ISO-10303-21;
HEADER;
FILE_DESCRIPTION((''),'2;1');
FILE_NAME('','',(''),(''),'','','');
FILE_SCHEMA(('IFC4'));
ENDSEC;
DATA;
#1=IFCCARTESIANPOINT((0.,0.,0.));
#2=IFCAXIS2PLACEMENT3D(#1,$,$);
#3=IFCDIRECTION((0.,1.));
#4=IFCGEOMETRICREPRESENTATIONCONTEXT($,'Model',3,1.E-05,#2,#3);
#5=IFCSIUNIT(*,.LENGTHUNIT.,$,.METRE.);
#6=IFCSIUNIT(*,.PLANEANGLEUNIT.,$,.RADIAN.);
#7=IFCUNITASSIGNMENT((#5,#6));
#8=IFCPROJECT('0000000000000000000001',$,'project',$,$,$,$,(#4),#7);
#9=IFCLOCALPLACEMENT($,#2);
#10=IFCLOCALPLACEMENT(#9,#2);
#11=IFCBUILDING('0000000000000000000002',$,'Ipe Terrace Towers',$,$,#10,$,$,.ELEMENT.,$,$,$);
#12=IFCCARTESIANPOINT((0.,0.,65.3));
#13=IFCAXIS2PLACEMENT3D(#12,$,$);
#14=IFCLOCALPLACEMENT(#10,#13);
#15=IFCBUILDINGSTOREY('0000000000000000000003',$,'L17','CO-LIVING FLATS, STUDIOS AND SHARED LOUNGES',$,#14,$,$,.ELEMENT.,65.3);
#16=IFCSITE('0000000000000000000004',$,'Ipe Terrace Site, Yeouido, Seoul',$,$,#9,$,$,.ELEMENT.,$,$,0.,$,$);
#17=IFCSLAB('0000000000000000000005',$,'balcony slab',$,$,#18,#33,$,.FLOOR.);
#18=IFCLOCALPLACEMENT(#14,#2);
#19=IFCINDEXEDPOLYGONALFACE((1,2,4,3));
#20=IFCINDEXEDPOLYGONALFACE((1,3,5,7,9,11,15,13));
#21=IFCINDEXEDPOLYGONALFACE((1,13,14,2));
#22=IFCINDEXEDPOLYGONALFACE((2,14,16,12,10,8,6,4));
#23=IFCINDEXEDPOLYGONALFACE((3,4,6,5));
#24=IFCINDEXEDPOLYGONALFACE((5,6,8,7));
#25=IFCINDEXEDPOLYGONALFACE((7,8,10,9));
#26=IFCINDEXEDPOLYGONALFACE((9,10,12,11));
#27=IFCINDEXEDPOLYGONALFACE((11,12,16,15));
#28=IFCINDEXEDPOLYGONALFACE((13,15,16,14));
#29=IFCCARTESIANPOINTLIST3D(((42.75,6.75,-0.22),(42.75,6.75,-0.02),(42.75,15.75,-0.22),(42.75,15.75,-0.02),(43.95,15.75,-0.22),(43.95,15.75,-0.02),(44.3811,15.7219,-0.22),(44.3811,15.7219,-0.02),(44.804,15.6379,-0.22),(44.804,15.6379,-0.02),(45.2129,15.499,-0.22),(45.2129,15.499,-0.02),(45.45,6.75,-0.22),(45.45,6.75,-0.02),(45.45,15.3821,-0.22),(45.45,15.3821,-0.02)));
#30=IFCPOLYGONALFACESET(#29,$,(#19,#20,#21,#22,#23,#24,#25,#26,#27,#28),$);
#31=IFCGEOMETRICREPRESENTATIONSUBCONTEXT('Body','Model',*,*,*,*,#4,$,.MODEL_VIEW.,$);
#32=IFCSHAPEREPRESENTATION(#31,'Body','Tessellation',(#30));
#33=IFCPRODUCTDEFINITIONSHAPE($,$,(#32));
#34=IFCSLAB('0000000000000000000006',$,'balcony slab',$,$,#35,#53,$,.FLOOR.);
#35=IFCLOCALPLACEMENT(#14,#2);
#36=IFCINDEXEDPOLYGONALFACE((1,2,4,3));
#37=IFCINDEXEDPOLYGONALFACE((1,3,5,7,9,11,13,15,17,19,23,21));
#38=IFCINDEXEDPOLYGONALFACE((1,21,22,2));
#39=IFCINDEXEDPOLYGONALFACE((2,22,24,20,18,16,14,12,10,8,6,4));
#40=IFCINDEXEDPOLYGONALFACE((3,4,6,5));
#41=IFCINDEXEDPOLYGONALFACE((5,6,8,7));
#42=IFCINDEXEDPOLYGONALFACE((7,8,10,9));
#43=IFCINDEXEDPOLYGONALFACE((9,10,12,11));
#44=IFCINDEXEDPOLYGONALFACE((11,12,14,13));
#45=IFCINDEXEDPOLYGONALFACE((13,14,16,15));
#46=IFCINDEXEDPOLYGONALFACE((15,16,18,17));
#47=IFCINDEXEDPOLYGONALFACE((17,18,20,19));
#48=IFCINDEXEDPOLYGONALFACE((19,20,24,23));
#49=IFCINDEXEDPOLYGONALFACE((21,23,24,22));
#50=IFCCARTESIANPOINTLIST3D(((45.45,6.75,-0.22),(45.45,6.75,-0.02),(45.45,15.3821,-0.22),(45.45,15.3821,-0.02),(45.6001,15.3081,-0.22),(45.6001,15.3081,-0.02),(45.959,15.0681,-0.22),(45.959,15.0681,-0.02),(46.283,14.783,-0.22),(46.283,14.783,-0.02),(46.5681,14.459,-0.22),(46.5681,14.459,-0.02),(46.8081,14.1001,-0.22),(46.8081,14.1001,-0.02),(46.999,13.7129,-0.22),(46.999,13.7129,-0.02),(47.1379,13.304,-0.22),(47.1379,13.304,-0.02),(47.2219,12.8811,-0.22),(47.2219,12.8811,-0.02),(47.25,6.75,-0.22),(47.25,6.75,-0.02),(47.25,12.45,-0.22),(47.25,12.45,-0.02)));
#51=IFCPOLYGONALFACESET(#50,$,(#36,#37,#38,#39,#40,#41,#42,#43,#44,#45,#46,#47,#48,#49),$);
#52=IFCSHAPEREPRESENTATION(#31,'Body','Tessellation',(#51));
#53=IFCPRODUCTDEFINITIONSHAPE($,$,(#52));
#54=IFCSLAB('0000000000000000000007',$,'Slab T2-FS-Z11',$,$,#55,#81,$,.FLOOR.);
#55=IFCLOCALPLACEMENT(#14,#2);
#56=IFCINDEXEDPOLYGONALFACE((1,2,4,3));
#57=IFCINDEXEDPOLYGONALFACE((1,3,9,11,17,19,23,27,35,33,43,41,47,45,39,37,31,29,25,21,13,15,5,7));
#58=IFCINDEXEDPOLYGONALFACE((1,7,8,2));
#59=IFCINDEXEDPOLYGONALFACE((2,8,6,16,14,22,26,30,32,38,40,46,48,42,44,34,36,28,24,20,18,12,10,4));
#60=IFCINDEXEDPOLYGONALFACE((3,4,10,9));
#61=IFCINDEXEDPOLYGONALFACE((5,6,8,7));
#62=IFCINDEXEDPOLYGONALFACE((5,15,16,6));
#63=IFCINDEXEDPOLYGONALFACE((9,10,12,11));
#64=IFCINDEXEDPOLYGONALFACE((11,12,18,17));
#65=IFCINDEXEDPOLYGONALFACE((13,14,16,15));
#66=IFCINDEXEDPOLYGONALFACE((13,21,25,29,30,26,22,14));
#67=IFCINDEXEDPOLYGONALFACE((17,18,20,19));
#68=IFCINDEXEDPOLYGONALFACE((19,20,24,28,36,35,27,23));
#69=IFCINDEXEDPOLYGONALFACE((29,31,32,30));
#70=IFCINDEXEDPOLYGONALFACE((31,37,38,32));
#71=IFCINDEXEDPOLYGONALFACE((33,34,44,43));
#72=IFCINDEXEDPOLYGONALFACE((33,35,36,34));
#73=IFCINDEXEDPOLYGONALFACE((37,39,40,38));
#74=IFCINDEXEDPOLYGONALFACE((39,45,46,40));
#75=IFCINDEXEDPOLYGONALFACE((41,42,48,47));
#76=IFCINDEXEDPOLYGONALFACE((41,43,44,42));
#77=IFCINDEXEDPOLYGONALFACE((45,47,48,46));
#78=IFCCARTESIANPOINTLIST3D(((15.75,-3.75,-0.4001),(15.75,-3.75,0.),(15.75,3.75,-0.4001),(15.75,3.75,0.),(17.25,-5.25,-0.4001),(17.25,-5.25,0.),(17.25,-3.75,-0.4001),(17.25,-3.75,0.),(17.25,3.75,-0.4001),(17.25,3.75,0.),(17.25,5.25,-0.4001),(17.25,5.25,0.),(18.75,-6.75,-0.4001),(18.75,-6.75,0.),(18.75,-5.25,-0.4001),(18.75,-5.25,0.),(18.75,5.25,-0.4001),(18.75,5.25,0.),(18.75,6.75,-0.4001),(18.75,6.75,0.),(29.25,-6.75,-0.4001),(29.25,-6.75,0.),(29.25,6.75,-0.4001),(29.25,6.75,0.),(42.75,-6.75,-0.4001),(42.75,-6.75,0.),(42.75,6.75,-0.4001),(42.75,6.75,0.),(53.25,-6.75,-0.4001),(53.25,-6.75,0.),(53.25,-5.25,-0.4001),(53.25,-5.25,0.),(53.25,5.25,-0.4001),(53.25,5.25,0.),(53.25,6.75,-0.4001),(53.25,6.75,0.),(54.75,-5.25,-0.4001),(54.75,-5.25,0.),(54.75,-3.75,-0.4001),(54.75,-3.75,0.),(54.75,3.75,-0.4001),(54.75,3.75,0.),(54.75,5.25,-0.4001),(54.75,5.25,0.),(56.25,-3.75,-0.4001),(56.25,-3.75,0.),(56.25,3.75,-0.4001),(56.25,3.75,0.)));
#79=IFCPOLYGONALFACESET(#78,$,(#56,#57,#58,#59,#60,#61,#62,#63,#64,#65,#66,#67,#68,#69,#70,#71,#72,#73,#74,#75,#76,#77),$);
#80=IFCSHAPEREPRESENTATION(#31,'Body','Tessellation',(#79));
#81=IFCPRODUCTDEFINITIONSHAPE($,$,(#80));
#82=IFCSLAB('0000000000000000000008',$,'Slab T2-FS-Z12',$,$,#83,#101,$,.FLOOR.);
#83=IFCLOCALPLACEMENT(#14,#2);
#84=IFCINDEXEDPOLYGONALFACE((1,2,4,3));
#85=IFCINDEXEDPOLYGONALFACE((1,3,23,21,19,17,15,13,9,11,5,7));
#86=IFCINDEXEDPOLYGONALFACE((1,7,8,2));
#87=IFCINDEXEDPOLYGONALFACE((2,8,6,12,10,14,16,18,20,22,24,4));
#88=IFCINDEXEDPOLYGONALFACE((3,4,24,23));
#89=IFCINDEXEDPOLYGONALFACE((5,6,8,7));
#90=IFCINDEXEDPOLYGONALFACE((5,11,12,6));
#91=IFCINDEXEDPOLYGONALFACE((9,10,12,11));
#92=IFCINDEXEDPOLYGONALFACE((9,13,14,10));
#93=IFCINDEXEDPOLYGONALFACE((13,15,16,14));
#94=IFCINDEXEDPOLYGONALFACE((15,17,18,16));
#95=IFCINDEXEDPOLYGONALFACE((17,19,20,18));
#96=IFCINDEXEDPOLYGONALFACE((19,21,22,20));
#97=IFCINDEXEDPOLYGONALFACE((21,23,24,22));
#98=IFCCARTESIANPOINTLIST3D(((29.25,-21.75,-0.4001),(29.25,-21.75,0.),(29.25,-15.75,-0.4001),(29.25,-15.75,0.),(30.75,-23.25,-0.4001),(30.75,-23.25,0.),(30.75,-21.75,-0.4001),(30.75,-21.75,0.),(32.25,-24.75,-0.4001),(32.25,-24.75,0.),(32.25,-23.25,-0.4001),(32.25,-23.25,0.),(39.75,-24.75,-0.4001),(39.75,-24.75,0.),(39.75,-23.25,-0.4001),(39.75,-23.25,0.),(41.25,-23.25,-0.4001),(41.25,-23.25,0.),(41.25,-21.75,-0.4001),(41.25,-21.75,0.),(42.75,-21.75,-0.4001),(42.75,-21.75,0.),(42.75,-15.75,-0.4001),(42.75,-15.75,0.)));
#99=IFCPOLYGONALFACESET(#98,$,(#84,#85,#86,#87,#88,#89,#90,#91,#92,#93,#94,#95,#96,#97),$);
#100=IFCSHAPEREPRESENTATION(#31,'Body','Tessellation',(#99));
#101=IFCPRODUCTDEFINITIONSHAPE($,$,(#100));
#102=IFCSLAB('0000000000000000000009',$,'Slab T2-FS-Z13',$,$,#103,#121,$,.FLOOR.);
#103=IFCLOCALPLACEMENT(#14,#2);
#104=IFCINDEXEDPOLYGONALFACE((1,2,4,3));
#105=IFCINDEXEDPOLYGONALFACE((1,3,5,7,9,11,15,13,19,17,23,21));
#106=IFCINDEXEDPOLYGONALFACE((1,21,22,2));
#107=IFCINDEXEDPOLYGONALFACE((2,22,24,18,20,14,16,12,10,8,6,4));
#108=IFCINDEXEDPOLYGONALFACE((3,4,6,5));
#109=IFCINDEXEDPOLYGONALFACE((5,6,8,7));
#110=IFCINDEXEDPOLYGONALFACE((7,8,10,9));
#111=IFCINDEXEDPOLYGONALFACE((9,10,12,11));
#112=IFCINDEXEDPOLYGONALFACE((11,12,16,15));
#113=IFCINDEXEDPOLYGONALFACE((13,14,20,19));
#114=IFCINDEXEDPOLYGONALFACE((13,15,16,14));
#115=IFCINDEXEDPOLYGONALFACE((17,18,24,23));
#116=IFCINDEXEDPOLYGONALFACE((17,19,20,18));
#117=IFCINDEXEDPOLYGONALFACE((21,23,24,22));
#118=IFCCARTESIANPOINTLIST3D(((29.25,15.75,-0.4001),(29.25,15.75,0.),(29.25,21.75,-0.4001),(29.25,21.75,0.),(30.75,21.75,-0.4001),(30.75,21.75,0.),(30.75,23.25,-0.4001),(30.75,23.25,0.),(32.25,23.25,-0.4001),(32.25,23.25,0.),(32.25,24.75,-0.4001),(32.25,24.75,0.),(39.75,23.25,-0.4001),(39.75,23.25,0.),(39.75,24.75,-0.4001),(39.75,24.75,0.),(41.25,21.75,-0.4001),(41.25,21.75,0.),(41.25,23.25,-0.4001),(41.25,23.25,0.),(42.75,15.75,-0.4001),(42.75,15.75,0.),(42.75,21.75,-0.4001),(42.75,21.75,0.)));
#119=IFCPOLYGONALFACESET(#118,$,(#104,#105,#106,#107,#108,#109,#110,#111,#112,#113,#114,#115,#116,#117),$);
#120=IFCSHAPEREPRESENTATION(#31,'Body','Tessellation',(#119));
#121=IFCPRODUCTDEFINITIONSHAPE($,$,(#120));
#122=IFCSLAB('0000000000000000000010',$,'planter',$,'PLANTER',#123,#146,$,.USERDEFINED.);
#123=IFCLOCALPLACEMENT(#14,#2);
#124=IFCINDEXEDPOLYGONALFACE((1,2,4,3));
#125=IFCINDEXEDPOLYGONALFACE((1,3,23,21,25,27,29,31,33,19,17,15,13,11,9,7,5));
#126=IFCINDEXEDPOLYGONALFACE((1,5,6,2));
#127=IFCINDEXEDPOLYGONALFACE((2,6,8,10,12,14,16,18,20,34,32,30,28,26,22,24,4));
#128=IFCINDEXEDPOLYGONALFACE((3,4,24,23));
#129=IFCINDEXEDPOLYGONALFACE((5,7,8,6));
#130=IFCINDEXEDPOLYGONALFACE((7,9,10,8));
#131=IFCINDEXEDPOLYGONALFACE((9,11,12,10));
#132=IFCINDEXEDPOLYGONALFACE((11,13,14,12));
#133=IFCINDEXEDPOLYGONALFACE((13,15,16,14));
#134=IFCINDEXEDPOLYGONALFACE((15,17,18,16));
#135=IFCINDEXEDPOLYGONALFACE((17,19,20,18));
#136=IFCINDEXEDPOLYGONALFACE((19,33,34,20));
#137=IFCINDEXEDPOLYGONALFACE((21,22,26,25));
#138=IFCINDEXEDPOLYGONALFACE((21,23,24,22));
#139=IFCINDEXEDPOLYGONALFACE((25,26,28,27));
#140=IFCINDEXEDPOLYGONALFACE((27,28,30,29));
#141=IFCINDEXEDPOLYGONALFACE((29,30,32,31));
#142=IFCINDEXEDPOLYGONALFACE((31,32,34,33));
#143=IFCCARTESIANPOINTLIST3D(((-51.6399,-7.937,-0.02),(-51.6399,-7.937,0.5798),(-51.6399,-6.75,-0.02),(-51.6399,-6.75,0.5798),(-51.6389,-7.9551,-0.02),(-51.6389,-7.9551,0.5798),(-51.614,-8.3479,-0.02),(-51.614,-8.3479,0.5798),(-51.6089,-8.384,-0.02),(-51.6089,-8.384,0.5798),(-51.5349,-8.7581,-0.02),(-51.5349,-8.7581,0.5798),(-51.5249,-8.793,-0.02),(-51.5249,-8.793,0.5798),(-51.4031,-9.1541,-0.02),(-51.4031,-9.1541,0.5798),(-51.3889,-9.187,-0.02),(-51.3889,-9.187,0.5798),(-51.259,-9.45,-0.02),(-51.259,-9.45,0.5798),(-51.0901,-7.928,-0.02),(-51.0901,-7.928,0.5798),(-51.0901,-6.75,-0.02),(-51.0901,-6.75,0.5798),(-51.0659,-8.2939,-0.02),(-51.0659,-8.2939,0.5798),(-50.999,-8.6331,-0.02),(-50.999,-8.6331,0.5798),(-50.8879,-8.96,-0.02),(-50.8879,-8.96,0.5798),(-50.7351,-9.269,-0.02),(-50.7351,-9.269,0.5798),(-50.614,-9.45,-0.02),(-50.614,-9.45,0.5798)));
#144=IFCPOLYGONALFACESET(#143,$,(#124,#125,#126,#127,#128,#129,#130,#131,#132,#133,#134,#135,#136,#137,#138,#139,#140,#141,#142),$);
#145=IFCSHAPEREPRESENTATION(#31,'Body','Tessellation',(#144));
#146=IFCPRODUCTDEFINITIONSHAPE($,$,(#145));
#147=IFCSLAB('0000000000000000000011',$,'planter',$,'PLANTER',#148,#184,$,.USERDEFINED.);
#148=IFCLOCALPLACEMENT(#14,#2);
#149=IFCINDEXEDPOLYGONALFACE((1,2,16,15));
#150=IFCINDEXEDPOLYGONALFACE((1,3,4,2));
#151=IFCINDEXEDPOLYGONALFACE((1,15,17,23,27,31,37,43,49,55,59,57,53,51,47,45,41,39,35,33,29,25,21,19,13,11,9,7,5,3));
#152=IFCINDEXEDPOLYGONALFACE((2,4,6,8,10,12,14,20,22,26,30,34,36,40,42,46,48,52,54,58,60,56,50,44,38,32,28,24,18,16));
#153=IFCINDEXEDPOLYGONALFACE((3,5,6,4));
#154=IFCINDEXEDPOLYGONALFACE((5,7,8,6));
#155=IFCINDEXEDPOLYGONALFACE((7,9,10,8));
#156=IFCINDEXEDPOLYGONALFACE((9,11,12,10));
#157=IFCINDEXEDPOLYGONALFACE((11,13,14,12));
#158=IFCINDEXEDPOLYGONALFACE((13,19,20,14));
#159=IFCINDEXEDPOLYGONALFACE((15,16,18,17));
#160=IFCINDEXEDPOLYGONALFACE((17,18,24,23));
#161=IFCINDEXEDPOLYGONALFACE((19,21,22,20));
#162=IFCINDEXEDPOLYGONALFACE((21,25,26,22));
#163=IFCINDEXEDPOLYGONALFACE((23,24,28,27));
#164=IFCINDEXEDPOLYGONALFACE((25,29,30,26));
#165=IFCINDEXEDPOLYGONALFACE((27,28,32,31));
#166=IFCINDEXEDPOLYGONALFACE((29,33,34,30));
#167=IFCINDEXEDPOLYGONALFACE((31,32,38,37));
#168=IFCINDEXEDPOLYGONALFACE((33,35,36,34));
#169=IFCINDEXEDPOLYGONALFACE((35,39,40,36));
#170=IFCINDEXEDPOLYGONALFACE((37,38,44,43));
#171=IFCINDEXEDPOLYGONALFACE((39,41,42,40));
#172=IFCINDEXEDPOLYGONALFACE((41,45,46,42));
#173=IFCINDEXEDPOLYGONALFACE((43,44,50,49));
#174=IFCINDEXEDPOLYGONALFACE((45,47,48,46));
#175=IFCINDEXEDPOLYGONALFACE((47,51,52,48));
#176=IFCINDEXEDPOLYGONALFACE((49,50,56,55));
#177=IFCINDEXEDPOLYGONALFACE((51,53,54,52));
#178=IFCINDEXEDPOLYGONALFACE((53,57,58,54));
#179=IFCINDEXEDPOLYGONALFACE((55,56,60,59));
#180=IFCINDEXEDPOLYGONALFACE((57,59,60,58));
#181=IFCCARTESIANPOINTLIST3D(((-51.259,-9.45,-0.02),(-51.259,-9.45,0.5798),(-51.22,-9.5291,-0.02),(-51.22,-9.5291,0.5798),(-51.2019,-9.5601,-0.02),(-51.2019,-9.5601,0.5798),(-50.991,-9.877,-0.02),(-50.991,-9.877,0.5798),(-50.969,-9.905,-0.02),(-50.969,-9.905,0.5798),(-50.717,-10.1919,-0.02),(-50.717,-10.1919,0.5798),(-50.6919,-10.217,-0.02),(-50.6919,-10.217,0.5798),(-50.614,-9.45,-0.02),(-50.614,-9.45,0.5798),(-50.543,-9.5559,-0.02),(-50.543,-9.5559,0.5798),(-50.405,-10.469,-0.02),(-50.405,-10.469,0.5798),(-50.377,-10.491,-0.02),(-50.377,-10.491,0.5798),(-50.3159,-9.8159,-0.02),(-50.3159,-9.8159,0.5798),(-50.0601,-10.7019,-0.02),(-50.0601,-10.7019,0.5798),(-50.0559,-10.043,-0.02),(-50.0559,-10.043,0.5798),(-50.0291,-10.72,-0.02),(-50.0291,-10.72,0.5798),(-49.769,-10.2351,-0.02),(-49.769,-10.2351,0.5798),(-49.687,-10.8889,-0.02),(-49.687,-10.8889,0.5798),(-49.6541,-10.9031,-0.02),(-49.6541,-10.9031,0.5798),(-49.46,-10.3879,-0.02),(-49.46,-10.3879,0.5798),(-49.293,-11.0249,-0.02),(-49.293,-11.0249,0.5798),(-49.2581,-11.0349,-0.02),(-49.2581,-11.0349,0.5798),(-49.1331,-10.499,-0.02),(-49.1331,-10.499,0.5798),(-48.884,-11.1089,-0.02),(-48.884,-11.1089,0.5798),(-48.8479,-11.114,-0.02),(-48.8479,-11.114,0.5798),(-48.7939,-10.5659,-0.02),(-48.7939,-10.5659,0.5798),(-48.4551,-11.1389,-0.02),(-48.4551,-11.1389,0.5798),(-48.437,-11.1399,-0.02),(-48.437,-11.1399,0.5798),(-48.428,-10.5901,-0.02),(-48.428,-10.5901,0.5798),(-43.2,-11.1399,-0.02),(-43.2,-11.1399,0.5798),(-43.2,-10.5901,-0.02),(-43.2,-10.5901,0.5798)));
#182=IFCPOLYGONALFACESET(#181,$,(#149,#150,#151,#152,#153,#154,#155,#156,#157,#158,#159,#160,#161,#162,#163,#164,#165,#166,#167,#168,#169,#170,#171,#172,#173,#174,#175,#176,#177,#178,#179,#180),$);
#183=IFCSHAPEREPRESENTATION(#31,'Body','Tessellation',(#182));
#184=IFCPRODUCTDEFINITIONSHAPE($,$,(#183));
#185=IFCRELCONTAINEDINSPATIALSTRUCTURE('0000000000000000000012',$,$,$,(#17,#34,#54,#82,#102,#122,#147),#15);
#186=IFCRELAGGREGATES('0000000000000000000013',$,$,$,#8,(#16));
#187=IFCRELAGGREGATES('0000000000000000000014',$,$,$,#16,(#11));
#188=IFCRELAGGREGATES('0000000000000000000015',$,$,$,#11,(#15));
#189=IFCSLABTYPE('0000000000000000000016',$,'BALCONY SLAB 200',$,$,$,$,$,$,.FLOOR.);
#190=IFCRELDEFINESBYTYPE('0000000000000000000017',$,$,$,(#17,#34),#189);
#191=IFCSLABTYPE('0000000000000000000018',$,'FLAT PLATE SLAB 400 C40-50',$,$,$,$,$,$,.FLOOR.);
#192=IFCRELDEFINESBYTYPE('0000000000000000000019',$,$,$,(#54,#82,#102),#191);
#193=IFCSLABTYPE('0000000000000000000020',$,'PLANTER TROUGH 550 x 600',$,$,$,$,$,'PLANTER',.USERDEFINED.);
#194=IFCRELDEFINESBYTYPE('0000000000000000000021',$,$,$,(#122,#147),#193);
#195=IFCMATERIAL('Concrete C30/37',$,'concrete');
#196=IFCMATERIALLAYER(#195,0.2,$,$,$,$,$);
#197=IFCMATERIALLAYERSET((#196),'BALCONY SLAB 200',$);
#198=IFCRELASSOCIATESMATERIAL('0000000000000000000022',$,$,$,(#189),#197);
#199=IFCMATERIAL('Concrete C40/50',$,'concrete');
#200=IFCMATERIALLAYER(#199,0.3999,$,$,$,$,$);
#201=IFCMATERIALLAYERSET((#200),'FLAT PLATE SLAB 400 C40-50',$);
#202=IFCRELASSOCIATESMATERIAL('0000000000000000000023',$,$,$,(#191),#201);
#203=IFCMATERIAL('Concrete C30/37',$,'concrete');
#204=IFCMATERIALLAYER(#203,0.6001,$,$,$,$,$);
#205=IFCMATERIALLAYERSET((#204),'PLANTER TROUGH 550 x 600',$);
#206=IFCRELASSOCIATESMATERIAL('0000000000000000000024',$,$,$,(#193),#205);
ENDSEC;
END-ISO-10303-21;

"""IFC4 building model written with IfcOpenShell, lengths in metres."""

from ifc_helpers import new_model, si_unit, direction, frame, origin, place, context, subcontext, project, spatial, polyline, outline, extrude, material, layer, layer_set, type_object, element, save


model = new_model("IFC4")

# Units and contexts
model_context = context("Model", 3, precision=1e-05, world=origin(), true_north=direction((0.0, 1.0)))
body_context = subcontext(model_context, "Body", "Model", "MODEL_VIEW")
ifc_project = project(units=[si_unit("LENGTHUNIT", "METRE"), si_unit("PLANEANGLEUNIT", "RADIAN")], contexts=[model_context])

# Site, building, storey
site_placement = place(None, origin())
site = spatial("IfcSite", under=ifc_project, at=site_placement, Name="Ipe Terrace Site, Yeouido, Seoul", CompositionType="ELEMENT", RefElevation=0.0)
building_placement = place(site_placement, origin())
building = spatial("IfcBuilding", under=site, at=building_placement, Name="Ipe Terrace Towers", CompositionType="ELEMENT")
storey_placement = place(building_placement, frame((0.0, 0.0, 65.3)))
storey = spatial("IfcBuildingStorey", under=building, at=storey_placement, Name="L17", Description="CO-LIVING FLATS, STUDIOS AND SHARED LOUNGES", CompositionType="ELEMENT", Elevation=65.3)

# Slabs
ifc_material_1 = material(Name="Concrete C30/37", Category="concrete")
ifc_layer_1 = layer(ifc_material_1, 0.2)
ifc_layer_set_1 = layer_set([ifc_layer_1], Name="BALCONY SLAB 200")
slab_type_1 = type_object("IfcSlabType", Name="BALCONY SLAB 200", PredefinedType="FLOOR", material=ifc_layer_set_1)
slab_1_placement = place(storey_placement, frame((0.0, 0.0, -0.22)))
element("IfcSlab", 1, at=slab_1_placement, inside=storey, type_object=slab_type_1, Name="balcony slab", PredefinedType="FLOOR", context=body_context, shape_type="SweptSolid", body=[
    extrude(outline(polyline([(45.2129, 15.499), (44.804, 15.6379), (44.3811, 15.7219), (43.95, 15.75), (42.75, 15.75), (42.75, 6.75), (45.45, 6.75), (45.45, 15.3821), (45.2129, 15.499)])), origin(), (0.0, 0.0, 1.0), 0.2),
])
slab_2_placement = place(storey_placement, frame((0.0, 0.0, -0.22)))
element("IfcSlab", 2, at=slab_2_placement, inside=storey, type_object=slab_type_1, Name="balcony slab", PredefinedType="FLOOR", context=body_context, shape_type="SweptSolid", body=[
    extrude(outline(polyline([(47.25, 6.75), (47.25, 12.45), (47.2219, 12.8811), (47.1379, 13.304), (46.999, 13.7129), (46.8081, 14.1001), (46.5681, 14.459), (46.283, 14.783), (45.959, 15.0681), (45.6001, 15.3081), (45.45, 15.3821), (45.45, 6.75), (47.25, 6.75)])), origin(), (0.0, 0.0, 1.0), 0.2),
])
ifc_material_2 = material(Name="Concrete C40/50", Category="concrete")
ifc_layer_2 = layer(ifc_material_2, 0.3999)
ifc_layer_set_2 = layer_set([ifc_layer_2], Name="FLAT PLATE SLAB 400 C40-50")
slab_type_2 = type_object("IfcSlabType", Name="FLAT PLATE SLAB 400 C40-50", PredefinedType="FLOOR", material=ifc_layer_set_2)
slab_3_placement = place(storey_placement, frame((0.0, 0.0, -0.4001)))
element("IfcSlab", 3, at=slab_3_placement, inside=storey, type_object=slab_type_2, Name="Slab T2-FS-Z11", PredefinedType="FLOOR", context=body_context, shape_type="SweptSolid", body=[
    extrude(outline(polyline([(53.25, 5.25), (54.75, 5.25), (54.75, 3.75), (56.25, 3.75), (56.25, -3.75), (54.75, -3.75), (54.75, -5.25), (53.25, -5.25), (53.25, -6.75), (42.75, -6.75), (29.25, -6.75), (18.75, -6.75), (18.75, -5.25), (17.25, -5.25), (17.25, -3.75), (15.75, -3.75), (15.75, 3.75), (17.25, 3.75), (17.25, 5.25), (18.75, 5.25), (18.75, 6.75), (29.25, 6.75), (42.75, 6.75), (53.25, 6.75), (53.25, 5.25)])), origin(), (0.0, 0.0, 1.0), 0.4001),
])
slab_4_placement = place(storey_placement, frame((0.0, 0.0, -0.4001)))
element("IfcSlab", 4, at=slab_4_placement, inside=storey, type_object=slab_type_2, Name="Slab T2-FS-Z12", PredefinedType="FLOOR", context=body_context, shape_type="SweptSolid", body=[
    extrude(outline(polyline([(42.75, -21.75), (41.25, -21.75), (41.25, -23.25), (39.75, -23.25), (39.75, -24.75), (32.25, -24.75), (32.25, -23.25), (30.75, -23.25), (30.75, -21.75), (29.25, -21.75), (29.25, -15.75), (42.75, -15.75), (42.75, -21.75)])), origin(), (0.0, 0.0, 1.0), 0.4001),
])
slab_5_placement = place(storey_placement, frame((0.0, 0.0, -0.4001)))
element("IfcSlab", 5, at=slab_5_placement, inside=storey, type_object=slab_type_2, Name="Slab T2-FS-Z13", PredefinedType="FLOOR", context=body_context, shape_type="SweptSolid", body=[
    extrude(outline(polyline([(30.75, 21.75), (30.75, 23.25), (32.25, 23.25), (32.25, 24.75), (39.75, 24.75), (39.75, 23.25), (41.25, 23.25), (41.25, 21.75), (42.75, 21.75), (42.75, 15.75), (29.25, 15.75), (29.25, 21.75), (30.75, 21.75)])), origin(), (0.0, 0.0, 1.0), 0.4001),
])
ifc_material_3 = material(Name="Concrete C30/37", Category="concrete")
ifc_layer_3 = layer(ifc_material_3, 0.6001)
ifc_layer_set_3 = layer_set([ifc_layer_3], Name="PLANTER TROUGH 550 x 600")
slab_type_3 = type_object("IfcSlabType", Name="PLANTER TROUGH 550 x 600", ElementType="PLANTER", PredefinedType="USERDEFINED", material=ifc_layer_set_3)
slab_6_placement = place(storey_placement, frame((0.0, 0.0, -0.02)))
element("IfcSlab", 6, at=slab_6_placement, inside=storey, type_object=slab_type_3, Name="planter", ObjectType="PLANTER", PredefinedType="USERDEFINED", context=body_context, shape_type="SweptSolid", body=[
    extrude(outline(polyline([(-50.999, -8.6331), (-51.0659, -8.2939), (-51.0901, -7.928), (-51.0901, -6.75), (-51.6399, -6.75), (-51.6399, -7.937), (-51.6389, -7.9551), (-51.614, -8.3479), (-51.6089, -8.384), (-51.5349, -8.7581), (-51.5249, -8.793), (-51.4031, -9.1541), (-51.3889, -9.187), (-51.259, -9.45), (-50.614, -9.45), (-50.7351, -9.269), (-50.8879, -8.96), (-50.999, -8.6331)])), origin(), (0.0, 0.0, 1.0), 0.5999),
])
slab_7_placement = place(storey_placement, frame((0.0, 0.0, -0.02)))
element("IfcSlab", 7, at=slab_7_placement, inside=storey, type_object=slab_type_3, Name="planter", ObjectType="PLANTER", PredefinedType="USERDEFINED", context=body_context, shape_type="SweptSolid", body=[
    extrude(outline(polyline([(-50.543, -9.5559), (-50.614, -9.45), (-51.259, -9.45), (-51.22, -9.5291), (-51.2019, -9.5601), (-50.991, -9.877), (-50.969, -9.905), (-50.717, -10.1919), (-50.6919, -10.217), (-50.405, -10.469), (-50.377, -10.491), (-50.0601, -10.7019), (-50.0291, -10.72), (-49.687, -10.8889), (-49.6541, -10.9031), (-49.293, -11.0249), (-49.2581, -11.0349), (-48.884, -11.1089), (-48.8479, -11.114), (-48.4551, -11.1389), (-48.437, -11.1399), (-43.2, -11.1399), (-43.2, -10.5901), (-48.428, -10.5901), (-48.7939, -10.5659), (-49.1331, -10.499), (-49.46, -10.3879), (-49.769, -10.2351), (-50.0559, -10.043), (-50.3159, -9.8159), (-50.543, -9.5559)])), origin(), (0.0, 0.0, 1.0), 0.5999),
])

save(model, "model.ifc")
